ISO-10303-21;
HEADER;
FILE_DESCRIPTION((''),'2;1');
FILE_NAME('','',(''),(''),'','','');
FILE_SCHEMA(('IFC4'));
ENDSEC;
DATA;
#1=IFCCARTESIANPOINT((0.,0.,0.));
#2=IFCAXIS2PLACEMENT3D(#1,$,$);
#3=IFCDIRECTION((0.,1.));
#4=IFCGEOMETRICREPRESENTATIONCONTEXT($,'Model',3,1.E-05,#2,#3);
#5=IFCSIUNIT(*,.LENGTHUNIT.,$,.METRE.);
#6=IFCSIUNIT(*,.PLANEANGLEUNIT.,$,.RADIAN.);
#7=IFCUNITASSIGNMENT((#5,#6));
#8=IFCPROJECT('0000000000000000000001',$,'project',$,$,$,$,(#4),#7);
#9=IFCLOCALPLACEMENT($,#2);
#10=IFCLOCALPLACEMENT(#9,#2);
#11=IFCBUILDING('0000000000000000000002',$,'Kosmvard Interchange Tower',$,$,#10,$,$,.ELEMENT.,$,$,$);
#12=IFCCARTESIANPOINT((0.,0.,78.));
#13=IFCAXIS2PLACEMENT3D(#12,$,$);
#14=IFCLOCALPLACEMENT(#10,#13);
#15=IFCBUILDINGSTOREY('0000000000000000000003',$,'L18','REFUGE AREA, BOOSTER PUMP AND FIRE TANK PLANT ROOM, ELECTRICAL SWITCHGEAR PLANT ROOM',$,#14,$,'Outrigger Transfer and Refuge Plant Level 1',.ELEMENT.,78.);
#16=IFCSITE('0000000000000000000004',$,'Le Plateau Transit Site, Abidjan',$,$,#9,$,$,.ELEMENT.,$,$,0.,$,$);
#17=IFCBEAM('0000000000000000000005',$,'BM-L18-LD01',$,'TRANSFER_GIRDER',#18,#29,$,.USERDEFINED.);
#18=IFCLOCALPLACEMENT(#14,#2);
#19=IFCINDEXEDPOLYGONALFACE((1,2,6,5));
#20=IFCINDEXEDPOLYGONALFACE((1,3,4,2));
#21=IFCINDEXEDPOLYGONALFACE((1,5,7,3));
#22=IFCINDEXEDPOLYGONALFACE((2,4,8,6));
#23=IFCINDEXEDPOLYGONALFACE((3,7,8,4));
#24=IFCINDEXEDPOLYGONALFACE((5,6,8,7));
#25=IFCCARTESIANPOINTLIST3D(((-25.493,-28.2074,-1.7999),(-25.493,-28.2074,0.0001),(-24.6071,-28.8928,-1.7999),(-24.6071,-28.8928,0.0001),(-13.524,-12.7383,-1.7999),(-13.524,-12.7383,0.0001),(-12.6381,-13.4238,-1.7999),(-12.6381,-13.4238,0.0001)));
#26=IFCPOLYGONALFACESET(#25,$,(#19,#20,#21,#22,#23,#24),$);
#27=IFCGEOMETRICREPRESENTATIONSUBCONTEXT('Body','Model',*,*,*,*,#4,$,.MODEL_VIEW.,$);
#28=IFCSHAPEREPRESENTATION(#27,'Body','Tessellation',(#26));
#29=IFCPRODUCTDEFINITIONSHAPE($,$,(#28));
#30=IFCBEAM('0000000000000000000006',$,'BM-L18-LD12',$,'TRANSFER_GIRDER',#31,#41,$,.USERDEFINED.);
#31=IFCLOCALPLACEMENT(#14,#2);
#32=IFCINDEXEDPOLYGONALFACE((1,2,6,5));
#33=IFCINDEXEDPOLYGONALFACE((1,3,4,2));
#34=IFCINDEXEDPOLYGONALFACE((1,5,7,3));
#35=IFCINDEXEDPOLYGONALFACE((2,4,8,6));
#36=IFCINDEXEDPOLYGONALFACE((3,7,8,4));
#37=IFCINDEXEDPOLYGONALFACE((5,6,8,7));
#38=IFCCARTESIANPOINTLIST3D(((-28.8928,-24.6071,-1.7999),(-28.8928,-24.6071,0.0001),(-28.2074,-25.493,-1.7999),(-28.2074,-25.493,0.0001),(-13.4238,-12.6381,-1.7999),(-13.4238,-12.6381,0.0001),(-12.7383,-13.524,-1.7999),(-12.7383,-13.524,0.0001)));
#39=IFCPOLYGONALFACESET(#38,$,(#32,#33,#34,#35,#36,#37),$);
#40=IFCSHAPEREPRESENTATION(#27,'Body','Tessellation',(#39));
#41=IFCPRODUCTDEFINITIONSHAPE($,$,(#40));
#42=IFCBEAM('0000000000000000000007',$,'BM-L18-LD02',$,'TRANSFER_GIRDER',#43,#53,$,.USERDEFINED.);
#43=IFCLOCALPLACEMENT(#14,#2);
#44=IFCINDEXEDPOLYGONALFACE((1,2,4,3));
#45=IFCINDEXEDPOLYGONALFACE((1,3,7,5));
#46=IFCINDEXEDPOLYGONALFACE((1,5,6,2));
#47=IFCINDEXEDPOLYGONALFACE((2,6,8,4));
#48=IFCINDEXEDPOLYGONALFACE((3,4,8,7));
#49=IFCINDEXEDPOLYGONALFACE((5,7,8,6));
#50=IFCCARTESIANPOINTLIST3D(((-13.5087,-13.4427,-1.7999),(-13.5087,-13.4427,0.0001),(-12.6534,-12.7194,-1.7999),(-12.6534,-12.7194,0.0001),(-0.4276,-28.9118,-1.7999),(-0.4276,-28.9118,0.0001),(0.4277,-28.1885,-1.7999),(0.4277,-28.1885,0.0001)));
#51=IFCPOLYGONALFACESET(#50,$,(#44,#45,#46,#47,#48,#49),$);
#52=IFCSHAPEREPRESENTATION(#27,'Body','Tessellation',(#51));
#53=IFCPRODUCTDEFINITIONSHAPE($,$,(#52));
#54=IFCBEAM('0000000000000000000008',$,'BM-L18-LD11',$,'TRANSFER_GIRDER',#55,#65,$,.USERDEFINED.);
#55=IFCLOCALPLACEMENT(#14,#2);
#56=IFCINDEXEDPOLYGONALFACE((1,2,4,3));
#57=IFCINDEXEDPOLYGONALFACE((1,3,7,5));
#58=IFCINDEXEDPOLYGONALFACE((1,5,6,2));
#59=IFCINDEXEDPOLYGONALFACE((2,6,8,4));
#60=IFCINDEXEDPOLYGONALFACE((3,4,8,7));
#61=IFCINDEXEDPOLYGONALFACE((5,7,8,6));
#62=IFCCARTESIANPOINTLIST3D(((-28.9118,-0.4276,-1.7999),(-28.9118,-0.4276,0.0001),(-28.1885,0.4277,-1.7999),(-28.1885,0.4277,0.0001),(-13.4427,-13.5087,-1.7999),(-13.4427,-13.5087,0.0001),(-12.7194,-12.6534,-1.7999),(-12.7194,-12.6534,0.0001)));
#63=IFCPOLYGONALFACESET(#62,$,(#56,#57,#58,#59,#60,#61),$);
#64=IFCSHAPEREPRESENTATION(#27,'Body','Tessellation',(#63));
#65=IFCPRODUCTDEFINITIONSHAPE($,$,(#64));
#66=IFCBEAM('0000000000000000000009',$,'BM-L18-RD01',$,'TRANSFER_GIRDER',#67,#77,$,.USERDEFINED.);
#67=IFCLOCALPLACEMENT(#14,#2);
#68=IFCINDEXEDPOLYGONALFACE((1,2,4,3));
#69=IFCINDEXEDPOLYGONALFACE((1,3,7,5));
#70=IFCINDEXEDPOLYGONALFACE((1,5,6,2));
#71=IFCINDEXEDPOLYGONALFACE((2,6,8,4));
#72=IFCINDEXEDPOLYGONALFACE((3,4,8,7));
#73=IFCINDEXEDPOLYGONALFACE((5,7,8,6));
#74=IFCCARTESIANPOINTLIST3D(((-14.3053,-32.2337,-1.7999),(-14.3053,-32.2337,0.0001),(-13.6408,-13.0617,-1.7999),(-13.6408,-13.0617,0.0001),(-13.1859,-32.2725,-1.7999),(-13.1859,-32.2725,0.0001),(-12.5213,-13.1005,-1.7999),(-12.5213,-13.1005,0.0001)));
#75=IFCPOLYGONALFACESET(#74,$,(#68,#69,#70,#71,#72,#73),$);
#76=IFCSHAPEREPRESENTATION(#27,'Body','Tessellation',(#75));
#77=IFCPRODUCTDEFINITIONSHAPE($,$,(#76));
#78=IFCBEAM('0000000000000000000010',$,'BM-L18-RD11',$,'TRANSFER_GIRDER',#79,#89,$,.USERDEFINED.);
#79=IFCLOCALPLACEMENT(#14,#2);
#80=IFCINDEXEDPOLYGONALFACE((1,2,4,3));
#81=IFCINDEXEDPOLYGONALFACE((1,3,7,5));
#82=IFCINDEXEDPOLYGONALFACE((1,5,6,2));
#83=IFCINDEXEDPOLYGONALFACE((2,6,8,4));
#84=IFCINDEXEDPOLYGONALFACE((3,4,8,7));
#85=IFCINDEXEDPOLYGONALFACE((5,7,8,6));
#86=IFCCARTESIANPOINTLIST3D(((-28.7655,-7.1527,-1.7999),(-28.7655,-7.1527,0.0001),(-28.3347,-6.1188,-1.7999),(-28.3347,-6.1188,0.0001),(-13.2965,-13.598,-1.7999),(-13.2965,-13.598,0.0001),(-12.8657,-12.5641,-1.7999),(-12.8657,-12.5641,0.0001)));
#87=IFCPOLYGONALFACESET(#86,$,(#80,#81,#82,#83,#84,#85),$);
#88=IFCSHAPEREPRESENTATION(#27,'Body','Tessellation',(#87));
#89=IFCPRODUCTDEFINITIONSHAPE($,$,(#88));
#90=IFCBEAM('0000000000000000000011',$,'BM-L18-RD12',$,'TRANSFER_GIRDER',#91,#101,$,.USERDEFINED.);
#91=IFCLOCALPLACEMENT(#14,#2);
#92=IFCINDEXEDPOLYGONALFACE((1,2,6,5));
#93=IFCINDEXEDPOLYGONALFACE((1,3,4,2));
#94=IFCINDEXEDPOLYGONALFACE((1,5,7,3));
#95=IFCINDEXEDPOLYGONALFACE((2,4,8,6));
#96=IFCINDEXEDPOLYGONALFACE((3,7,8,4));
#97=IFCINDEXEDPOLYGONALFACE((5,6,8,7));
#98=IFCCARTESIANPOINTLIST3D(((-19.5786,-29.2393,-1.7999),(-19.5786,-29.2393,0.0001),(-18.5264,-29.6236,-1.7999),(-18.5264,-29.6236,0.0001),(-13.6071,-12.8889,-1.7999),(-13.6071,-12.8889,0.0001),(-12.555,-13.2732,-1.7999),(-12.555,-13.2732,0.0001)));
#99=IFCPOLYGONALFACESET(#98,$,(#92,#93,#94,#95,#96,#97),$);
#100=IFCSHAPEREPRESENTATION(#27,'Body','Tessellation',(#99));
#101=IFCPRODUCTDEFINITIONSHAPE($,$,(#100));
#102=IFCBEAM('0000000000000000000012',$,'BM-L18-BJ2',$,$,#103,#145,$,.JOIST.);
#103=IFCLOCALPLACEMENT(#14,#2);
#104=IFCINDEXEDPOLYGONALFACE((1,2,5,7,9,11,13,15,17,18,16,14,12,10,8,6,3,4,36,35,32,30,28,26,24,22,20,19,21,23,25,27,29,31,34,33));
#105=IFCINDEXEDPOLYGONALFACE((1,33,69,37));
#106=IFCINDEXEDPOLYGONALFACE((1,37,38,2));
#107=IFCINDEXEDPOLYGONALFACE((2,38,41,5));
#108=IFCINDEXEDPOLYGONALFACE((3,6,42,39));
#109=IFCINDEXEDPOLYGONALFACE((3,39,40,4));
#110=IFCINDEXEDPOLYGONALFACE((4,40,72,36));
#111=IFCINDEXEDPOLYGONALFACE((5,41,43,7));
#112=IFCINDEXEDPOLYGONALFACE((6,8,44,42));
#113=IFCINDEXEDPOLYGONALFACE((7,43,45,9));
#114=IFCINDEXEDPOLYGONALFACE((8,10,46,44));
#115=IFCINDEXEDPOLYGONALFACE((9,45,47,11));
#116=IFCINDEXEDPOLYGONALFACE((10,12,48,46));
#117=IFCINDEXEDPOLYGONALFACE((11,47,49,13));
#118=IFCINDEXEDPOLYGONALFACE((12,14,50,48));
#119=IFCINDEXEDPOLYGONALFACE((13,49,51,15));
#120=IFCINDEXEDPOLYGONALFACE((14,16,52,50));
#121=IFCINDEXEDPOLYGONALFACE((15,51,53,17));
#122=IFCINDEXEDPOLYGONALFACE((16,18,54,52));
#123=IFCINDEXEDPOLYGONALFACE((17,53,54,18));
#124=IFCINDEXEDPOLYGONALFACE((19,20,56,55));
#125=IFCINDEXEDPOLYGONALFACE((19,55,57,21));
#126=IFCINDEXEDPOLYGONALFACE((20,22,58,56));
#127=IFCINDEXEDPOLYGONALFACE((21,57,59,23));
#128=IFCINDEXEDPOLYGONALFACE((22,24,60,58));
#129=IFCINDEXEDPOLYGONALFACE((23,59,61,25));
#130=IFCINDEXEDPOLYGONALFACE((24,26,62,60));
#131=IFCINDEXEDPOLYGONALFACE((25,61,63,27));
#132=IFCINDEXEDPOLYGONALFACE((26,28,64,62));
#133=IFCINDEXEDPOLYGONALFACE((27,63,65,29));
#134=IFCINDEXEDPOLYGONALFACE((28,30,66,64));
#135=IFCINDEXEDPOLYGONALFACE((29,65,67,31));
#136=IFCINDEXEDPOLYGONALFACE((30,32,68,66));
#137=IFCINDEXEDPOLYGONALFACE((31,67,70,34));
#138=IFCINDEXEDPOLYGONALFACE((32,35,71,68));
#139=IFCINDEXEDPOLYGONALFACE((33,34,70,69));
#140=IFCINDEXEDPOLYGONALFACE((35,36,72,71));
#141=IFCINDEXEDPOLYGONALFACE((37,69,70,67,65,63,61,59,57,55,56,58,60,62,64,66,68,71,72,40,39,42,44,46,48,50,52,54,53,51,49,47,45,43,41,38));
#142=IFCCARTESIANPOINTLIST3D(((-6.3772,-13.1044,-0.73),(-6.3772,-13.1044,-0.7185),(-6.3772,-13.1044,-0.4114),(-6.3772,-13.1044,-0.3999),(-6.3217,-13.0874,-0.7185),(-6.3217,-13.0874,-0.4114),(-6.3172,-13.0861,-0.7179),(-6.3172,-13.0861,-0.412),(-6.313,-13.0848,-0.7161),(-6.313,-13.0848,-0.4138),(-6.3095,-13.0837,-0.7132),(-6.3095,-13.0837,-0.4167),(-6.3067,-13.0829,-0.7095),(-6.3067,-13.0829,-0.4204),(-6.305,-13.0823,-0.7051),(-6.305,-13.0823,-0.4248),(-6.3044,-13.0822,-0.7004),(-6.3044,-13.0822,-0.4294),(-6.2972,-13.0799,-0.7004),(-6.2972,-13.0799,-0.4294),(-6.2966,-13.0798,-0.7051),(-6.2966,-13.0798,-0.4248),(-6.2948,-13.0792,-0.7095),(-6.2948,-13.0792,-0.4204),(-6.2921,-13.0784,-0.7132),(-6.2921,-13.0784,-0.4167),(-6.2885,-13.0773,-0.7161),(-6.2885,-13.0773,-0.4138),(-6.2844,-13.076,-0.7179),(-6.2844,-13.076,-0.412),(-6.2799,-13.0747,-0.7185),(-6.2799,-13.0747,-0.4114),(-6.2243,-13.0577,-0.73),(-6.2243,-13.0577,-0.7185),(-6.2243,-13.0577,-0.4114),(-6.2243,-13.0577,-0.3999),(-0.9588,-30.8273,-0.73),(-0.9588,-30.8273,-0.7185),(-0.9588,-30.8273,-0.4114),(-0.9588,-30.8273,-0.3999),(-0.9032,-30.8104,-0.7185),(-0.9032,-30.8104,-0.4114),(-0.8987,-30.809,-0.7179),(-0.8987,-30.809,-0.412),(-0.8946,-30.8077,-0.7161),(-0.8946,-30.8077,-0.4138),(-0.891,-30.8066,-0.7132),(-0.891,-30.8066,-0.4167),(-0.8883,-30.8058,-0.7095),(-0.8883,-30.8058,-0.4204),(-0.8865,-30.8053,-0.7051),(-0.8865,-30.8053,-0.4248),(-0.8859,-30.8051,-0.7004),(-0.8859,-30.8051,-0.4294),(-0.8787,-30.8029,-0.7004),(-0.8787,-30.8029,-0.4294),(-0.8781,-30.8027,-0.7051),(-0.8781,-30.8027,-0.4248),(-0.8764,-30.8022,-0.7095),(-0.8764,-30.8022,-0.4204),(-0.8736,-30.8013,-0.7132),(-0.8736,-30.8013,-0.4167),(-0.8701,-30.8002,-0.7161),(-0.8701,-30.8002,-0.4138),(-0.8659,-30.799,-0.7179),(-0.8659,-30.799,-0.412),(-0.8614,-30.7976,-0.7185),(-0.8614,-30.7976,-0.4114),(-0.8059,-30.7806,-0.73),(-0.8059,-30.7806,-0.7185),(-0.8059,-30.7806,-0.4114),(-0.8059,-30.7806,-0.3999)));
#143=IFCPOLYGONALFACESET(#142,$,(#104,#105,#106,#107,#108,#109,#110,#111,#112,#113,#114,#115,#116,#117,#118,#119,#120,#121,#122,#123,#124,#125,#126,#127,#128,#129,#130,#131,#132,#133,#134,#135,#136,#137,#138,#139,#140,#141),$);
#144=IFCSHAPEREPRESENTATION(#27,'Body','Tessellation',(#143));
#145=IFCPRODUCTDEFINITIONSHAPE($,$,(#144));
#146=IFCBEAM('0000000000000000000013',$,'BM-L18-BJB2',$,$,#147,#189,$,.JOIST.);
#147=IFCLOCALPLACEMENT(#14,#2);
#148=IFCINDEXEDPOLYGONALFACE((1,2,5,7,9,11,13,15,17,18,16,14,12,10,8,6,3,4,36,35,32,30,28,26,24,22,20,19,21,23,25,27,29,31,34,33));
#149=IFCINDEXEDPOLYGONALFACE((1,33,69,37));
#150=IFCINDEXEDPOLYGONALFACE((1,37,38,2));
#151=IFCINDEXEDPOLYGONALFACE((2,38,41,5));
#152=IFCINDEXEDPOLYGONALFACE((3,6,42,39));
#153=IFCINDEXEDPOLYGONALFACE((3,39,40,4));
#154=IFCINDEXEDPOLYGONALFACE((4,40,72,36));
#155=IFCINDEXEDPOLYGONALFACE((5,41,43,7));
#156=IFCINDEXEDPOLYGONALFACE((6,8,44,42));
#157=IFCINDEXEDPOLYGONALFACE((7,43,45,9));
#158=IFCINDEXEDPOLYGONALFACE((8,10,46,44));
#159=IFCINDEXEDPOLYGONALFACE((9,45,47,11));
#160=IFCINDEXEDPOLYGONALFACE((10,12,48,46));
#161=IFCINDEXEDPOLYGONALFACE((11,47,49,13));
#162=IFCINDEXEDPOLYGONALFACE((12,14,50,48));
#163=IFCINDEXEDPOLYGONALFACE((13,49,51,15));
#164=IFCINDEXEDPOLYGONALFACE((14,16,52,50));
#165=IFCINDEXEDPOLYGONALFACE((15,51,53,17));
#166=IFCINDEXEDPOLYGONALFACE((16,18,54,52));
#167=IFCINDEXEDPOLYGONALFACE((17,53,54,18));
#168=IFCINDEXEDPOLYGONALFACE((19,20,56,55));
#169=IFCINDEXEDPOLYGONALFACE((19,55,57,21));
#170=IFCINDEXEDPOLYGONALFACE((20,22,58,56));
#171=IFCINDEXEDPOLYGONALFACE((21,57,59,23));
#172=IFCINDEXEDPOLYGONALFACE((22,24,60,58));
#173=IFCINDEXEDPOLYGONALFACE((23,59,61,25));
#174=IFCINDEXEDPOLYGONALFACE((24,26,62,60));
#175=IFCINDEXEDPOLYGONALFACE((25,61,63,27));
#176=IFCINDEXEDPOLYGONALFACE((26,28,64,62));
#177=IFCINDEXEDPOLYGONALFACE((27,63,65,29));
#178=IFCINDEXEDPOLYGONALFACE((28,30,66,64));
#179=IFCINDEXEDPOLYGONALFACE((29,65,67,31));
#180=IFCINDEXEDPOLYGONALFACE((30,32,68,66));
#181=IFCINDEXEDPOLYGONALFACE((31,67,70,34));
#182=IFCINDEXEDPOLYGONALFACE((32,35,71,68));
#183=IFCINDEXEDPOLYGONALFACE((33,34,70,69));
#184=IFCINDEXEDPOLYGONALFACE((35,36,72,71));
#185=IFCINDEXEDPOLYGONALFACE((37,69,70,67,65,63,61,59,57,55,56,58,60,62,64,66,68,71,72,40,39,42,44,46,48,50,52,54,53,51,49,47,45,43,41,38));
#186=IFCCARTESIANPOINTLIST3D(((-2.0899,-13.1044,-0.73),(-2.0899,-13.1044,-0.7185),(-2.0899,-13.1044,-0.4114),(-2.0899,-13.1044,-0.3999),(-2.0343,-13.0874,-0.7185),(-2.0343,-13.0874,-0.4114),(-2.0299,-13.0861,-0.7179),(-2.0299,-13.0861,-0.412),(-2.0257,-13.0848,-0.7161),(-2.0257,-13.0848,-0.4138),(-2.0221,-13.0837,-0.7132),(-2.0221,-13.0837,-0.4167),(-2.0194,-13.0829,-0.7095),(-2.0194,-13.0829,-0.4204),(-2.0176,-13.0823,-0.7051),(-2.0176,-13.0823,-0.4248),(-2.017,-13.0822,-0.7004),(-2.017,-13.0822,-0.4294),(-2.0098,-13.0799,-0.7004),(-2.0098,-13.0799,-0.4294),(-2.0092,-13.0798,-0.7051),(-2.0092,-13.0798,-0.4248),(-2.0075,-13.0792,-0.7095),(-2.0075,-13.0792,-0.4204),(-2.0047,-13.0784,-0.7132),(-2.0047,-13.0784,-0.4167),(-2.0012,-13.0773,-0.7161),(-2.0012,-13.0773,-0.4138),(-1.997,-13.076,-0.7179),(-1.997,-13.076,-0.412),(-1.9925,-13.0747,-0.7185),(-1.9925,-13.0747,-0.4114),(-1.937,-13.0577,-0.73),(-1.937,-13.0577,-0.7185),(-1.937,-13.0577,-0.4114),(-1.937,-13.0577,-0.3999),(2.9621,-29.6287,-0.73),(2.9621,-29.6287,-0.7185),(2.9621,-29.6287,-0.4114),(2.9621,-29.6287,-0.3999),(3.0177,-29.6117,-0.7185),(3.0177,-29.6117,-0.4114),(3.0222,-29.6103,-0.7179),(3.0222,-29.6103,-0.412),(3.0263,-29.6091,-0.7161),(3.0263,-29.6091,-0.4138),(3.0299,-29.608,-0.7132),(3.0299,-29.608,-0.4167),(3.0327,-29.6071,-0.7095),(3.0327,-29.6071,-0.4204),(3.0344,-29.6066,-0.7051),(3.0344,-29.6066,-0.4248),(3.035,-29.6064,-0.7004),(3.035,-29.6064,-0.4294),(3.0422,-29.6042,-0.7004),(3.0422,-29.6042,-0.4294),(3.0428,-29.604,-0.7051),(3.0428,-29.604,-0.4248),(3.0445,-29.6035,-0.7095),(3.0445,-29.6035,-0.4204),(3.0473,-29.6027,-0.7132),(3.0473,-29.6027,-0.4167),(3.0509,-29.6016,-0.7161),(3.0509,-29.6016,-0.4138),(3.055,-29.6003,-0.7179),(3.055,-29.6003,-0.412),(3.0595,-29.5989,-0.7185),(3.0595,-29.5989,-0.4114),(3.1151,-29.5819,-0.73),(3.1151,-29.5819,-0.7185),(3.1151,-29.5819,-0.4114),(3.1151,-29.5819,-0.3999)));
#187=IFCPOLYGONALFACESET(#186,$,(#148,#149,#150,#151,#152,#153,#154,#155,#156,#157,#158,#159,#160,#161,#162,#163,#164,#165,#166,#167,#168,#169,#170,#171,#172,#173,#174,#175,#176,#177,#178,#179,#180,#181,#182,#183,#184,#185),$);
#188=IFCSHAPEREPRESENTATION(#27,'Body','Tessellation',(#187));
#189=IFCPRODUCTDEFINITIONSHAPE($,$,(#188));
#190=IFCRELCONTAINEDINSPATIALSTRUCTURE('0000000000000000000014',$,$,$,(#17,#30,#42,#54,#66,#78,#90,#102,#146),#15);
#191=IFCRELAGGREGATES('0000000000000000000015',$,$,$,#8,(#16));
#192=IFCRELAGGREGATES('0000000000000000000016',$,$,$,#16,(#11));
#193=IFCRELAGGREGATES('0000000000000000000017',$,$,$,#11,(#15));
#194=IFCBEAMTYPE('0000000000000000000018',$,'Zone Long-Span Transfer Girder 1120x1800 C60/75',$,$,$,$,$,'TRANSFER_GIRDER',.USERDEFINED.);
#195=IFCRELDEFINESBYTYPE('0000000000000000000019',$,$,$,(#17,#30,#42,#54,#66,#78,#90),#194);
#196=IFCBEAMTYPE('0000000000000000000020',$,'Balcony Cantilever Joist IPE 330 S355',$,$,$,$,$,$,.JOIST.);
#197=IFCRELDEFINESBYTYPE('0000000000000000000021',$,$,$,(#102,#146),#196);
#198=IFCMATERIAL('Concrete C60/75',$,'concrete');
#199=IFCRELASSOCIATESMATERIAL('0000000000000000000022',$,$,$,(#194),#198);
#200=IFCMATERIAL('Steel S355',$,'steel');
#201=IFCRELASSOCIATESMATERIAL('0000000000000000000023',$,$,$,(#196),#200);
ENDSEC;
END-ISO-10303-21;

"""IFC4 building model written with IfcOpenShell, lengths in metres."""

from ifc_helpers import new_model, si_unit, direction, frame, origin, origin_2d, place, context, subcontext, project, spatial, rectangle, i_section, extrude, source, transform, mapped, material, material_profile, profile_set, type_object, element, save


model = new_model("IFC4")

# Units and contexts
model_context = context("Model", 3, precision=1e-05, world=origin(), true_north=direction((0.0, 1.0)))
body_context = subcontext(model_context, "Body", "Model", "MODEL_VIEW")
ifc_project = project(units=[si_unit("LENGTHUNIT", "METRE"), si_unit("PLANEANGLEUNIT", "RADIAN")], contexts=[model_context])

# Site, building, storey
site_placement = place(None, origin())
site = spatial("IfcSite", under=ifc_project, at=site_placement, Name="Le Plateau Transit Site, Abidjan", CompositionType="ELEMENT", RefElevation=0.0)
building_placement = place(site_placement, origin())
building = spatial("IfcBuilding", under=site, at=building_placement, Name="Kosmvard Interchange Tower", CompositionType="ELEMENT")
storey_placement = place(building_placement, frame((0.0, 0.0, 78.0)))
storey = spatial("IfcBuildingStorey", under=building, at=storey_placement, Name="L18", Description="REFUGE AREA, BOOSTER PUMP AND FIRE TANK PLANT ROOM, ELECTRICAL SWITCHGEAR PLANT ROOM", LongName="Outrigger Transfer and Refuge Plant Level 1", CompositionType="ELEMENT", Elevation=78.0)

# Beams
ifc_material_1 = material(Name="Concrete C60/75", Category="concrete")
ifc_material_profile_1 = material_profile(ifc_material_1, rectangle(XDim=1.1201, YDim=1.8, at=origin_2d()), Name="TG 1120x1800")
ifc_profile_set_1 = profile_set([ifc_material_profile_1], Name="Concrete C60/75")
beam_type_1 = type_object("IfcBeamType", Name="Zone Long-Span Transfer Girder 1120x1800 C60/75", ElementType="TRANSFER_GIRDER", PredefinedType="USERDEFINED", material=ifc_profile_set_1)
shared_shape_1 = source(origin(), body_context, "Body", "SweptSolid", [
    extrude(rectangle(XDim=1.1201, YDim=1.8, at=origin_2d()), origin(), (0.0, 0.0, 1.0), 19.5588),
])
for number, where, z_axis, x_axis, name in (
    (1, (-13.0811, -13.0811, -0.8999), (-0.611949, -0.790897, 0.0), (0.790897, -0.611949, 0.0), "BM-L18-LD01"),
    (2, (-13.0811, -13.0811, -0.8999), (-0.790897, -0.611949, 0.0), (0.611949, -0.790897, 0.0), "BM-L18-LD12"),
):
    element("IfcBeam", number, at=place(storey_placement, frame(where, z_axis=z_axis, x_axis=x_axis)), inside=storey, type_object=beam_type_1, Name=name, ObjectType="TRANSFER_GIRDER", PredefinedType="USERDEFINED", context=body_context, shape_type="MappedRepresentation", body=[
        mapped(shared_shape_1, transform((0.0, 0.0, 0.0), scale=1.0)),
    ])
shared_shape_2 = source(origin(), body_context, "Body", "SweptSolid", [
    extrude(rectangle(XDim=1.1201, YDim=1.8, at=origin_2d()), origin(), (0.0, 0.0, 1.0), 20.2585),
])
for number, where, z_axis, x_axis, name in (
    (3, (-13.0811, -13.0811, -0.8999), (0.645709, -0.763583, 0.0), (0.763583, 0.645709, 0.0), "BM-L18-LD02"),
    (4, (-13.0811, -13.0811, -0.8999), (-0.763583, 0.645709, 0.0), (-0.645709, -0.763583, 0.0), "BM-L18-LD11"),
):
    element("IfcBeam", number, at=place(storey_placement, frame(where, z_axis=z_axis, x_axis=x_axis)), inside=storey, type_object=beam_type_1, Name=name, ObjectType="TRANSFER_GIRDER", PredefinedType="USERDEFINED", context=body_context, shape_type="MappedRepresentation", body=[
        mapped(shared_shape_2, transform((0.0, 0.0, 0.0), scale=1.0)),
    ])
shared_shape_3 = source(origin(), body_context, "Body", "SweptSolid", [
    extrude(rectangle(XDim=1.1201, YDim=1.8, at=origin_2d()), origin(), (0.0, 0.0, 1.0), 19.1836),
])
beam_1_placement = place(storey_placement, frame((-13.0811, -13.0811, -0.8999), z_axis=(-0.034642, -0.9994, 0.0), x_axis=(0.9994, -0.034642, 0.0)))
element("IfcBeam", 5, at=beam_1_placement, inside=storey, type_object=beam_type_1, Name="BM-L18-RD01", ObjectType="TRANSFER_GIRDER", PredefinedType="USERDEFINED", context=body_context, shape_type="MappedRepresentation", body=[
    mapped(shared_shape_3, transform((0.0, 0.0, 0.0), scale=1.0)),
])
shared_shape_4 = source(origin(), body_context, "Body", "SweptSolid", [
    extrude(rectangle(XDim=1.1201, YDim=1.8, at=origin_2d()), origin(), (0.0, 0.0, 1.0), 16.7581),
])
beam_2_placement = place(storey_placement, frame((-13.0811, -13.0811, -0.8999), z_axis=(-0.923079, 0.38461, 0.0), x_axis=(-0.38461, -0.923079, 0.0)))
element("IfcBeam", 6, at=beam_2_placement, inside=storey, type_object=beam_type_1, Name="BM-L18-RD11", ObjectType="TRANSFER_GIRDER", PredefinedType="USERDEFINED", context=body_context, shape_type="MappedRepresentation", body=[
    mapped(shared_shape_4, transform((0.0, 0.0, 0.0), scale=1.0)),
])
shared_shape_5 = source(origin(), body_context, "Body", "SweptSolid", [
    extrude(rectangle(XDim=1.1201, YDim=1.8, at=origin_2d()), origin(), (0.0, 0.0, 1.0), 17.4067),
])
beam_3_placement = place(storey_placement, frame((-13.0811, -13.0811, -0.8999), z_axis=(-0.343055, -0.939315, 0.0), x_axis=(0.939315, -0.343055, 0.0)))
element("IfcBeam", 7, at=beam_3_placement, inside=storey, type_object=beam_type_1, Name="BM-L18-RD12", ObjectType="TRANSFER_GIRDER", PredefinedType="USERDEFINED", context=body_context, shape_type="MappedRepresentation", body=[
    mapped(shared_shape_5, transform((0.0, 0.0, 0.0), scale=1.0)),
])
ifc_material_2 = material(Name="Steel S355", Category="steel")
ifc_material_profile_2 = material_profile(ifc_material_2, i_section(OverallWidth=0.1599, OverallDepth=0.3301, WebThickness=0.0076, FlangeThickness=0.0115, FilletRadius=0.0181, at=origin_2d()), Name="IPE 330")
ifc_profile_set_2 = profile_set([ifc_material_profile_2], Name="Steel S355")
beam_type_2 = type_object("IfcBeamType", Name="Balcony Cantilever Joist IPE 330 S355", PredefinedType="JOIST", material=ifc_profile_set_2)
shared_shape_6 = source(origin(), body_context, "Body", "SweptSolid", [
    extrude(i_section(OverallWidth=0.1599, OverallDepth=0.3301, WebThickness=0.0076, FlangeThickness=0.0115, FilletRadius=0.0181, at=origin_2d()), origin(), (0.0, 0.0, 1.0), 18.5327),
])
beam_4_placement = place(storey_placement, frame((-6.3008, -13.0811, -0.5649), z_axis=(0.292373, -0.956304, 0.0), x_axis=(0.956304, 0.292373, 0.0)))
element("IfcBeam", 8, at=beam_4_placement, inside=storey, type_object=beam_type_2, Name="BM-L18-BJ2", PredefinedType="JOIST", context=body_context, shape_type="MappedRepresentation", body=[
    mapped(shared_shape_6, transform((0.0, 0.0, 0.0), scale=1.0)),
])
shared_shape_7 = source(origin(), body_context, "Body", "SweptSolid", [
    extrude(i_section(OverallWidth=0.1599, OverallDepth=0.3301, WebThickness=0.0076, FlangeThickness=0.0115, FilletRadius=0.0181, at=origin_2d()), origin(), (0.0, 0.0, 1.0), 17.2793),
])
beam_5_placement = place(storey_placement, frame((-2.0134, -13.0811, -0.5649), z_axis=(0.292375, -0.956304, 0.0), x_axis=(0.956304, 0.292375, 0.0)))
element("IfcBeam", 9, at=beam_5_placement, inside=storey, type_object=beam_type_2, Name="BM-L18-BJB2", PredefinedType="JOIST", context=body_context, shape_type="MappedRepresentation", body=[
    mapped(shared_shape_7, transform((0.0, 0.0, 0.0), scale=1.0)),
])

save(model, "model.ifc")
